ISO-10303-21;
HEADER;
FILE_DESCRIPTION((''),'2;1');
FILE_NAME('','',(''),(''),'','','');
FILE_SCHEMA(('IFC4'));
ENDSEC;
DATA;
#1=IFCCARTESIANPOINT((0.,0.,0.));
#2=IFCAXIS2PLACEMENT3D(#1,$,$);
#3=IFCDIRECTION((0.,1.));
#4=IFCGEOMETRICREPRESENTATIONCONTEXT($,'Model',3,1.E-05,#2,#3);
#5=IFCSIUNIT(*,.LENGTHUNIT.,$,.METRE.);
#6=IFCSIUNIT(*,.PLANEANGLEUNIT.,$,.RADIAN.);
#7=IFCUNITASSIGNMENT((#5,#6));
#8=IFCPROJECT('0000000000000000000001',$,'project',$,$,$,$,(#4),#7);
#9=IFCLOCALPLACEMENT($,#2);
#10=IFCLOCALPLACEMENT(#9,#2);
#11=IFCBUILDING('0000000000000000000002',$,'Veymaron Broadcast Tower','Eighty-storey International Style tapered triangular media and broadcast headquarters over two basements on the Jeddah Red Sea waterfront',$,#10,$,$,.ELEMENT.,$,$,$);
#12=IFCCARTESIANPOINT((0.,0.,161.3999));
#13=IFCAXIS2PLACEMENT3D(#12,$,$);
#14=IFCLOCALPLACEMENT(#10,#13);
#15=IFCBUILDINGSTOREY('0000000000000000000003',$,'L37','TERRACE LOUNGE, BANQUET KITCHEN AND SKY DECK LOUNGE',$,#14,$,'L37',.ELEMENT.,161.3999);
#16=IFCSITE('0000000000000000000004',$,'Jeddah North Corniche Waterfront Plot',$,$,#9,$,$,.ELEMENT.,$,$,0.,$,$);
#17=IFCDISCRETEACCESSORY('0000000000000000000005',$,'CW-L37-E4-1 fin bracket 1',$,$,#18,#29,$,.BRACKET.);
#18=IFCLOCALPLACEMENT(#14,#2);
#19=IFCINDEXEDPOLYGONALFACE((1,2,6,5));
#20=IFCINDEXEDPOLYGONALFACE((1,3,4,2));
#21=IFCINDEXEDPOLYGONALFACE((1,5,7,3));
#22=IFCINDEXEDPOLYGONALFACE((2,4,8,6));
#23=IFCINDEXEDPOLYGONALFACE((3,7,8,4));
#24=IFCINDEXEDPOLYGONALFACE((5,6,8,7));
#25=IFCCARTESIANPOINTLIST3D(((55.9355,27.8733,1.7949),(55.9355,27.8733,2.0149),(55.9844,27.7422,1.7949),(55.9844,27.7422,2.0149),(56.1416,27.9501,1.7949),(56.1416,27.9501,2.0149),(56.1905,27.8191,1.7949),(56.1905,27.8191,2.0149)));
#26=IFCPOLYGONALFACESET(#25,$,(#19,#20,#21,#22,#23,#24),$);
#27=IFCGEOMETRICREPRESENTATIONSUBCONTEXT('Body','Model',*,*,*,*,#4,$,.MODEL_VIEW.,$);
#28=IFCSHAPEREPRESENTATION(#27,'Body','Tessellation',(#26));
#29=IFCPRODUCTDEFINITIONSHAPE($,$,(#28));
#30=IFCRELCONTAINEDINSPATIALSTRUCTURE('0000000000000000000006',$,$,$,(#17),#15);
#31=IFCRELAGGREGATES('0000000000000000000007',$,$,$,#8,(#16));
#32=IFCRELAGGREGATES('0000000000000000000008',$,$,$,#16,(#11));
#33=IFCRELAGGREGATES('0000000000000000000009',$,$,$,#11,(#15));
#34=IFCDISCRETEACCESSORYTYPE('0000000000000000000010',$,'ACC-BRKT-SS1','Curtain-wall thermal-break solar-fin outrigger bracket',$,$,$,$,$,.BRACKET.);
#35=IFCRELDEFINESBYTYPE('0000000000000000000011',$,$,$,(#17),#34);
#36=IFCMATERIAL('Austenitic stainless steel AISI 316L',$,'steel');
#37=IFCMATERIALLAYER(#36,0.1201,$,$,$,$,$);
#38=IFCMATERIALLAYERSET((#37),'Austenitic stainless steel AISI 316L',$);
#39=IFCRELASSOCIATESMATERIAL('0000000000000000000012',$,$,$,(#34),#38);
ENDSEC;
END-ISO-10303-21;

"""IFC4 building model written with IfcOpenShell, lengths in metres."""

from ifc_helpers import new_model, si_unit, direction, frame, origin, origin_2d, place, context, subcontext, project, spatial, rectangle, extrude, material, layer, layer_set, type_object, element, save


model = new_model("IFC4")

# Units and contexts
model_context = context("Model", 3, precision=1e-05, world=origin(), true_north=direction((0.0, 1.0)))
body_context = subcontext(model_context, "Body", "Model", "MODEL_VIEW")
ifc_project = project(units=[si_unit("LENGTHUNIT", "METRE"), si_unit("PLANEANGLEUNIT", "RADIAN")], contexts=[model_context])

# Site, building, storey
site_placement = place(None, origin())
site = spatial("IfcSite", under=ifc_project, at=site_placement, Name="Jeddah North Corniche Waterfront Plot", CompositionType="ELEMENT", RefElevation=0.0)
building_placement = place(site_placement, origin())
building = spatial("IfcBuilding", under=site, at=building_placement, Name="Veymaron Broadcast Tower", Description="Eighty-storey International Style tapered triangular media and broadcast headquarters over two basements on the Jeddah Red Sea waterfront", CompositionType="ELEMENT")
storey_placement = place(building_placement, frame((0.0, 0.0, 161.3999)))
storey = spatial("IfcBuildingStorey", under=building, at=storey_placement, Name="L37", Description="TERRACE LOUNGE, BANQUET KITCHEN AND SKY DECK LOUNGE", LongName="L37", CompositionType="ELEMENT", Elevation=161.3999)

# Discrete accessory
ifc_material_1 = material(Name="Austenitic stainless steel AISI 316L", Category="steel")
ifc_layer_1 = layer(ifc_material_1, 0.1201)
ifc_layer_set_1 = layer_set([ifc_layer_1], Name="Austenitic stainless steel AISI 316L")
discrete_accessory_type = type_object("IfcDiscreteAccessoryType", Name="ACC-BRKT-SS1", Description="Curtain-wall thermal-break solar-fin outrigger bracket", PredefinedType="BRACKET", material=ifc_layer_set_1)
discrete_accessory_placement = place(storey_placement, frame((56.063, 27.8462, 1.7949), z_axis=(0.0, 0.0, 1.0), x_axis=(0.93702, 0.349275, 0.0)))
element("IfcDiscreteAccessory", 1, at=discrete_accessory_placement, inside=storey, type_object=discrete_accessory_type, Name="CW-L37-E4-1 fin bracket 1", PredefinedType="BRACKET", context=body_context, shape_type="SweptSolid", body=[
    extrude(rectangle(XDim=0.22, YDim=0.1399, at=origin_2d()), origin(), (0.0, 0.0, 1.0), 0.22),
])

save(model, "model.ifc")
